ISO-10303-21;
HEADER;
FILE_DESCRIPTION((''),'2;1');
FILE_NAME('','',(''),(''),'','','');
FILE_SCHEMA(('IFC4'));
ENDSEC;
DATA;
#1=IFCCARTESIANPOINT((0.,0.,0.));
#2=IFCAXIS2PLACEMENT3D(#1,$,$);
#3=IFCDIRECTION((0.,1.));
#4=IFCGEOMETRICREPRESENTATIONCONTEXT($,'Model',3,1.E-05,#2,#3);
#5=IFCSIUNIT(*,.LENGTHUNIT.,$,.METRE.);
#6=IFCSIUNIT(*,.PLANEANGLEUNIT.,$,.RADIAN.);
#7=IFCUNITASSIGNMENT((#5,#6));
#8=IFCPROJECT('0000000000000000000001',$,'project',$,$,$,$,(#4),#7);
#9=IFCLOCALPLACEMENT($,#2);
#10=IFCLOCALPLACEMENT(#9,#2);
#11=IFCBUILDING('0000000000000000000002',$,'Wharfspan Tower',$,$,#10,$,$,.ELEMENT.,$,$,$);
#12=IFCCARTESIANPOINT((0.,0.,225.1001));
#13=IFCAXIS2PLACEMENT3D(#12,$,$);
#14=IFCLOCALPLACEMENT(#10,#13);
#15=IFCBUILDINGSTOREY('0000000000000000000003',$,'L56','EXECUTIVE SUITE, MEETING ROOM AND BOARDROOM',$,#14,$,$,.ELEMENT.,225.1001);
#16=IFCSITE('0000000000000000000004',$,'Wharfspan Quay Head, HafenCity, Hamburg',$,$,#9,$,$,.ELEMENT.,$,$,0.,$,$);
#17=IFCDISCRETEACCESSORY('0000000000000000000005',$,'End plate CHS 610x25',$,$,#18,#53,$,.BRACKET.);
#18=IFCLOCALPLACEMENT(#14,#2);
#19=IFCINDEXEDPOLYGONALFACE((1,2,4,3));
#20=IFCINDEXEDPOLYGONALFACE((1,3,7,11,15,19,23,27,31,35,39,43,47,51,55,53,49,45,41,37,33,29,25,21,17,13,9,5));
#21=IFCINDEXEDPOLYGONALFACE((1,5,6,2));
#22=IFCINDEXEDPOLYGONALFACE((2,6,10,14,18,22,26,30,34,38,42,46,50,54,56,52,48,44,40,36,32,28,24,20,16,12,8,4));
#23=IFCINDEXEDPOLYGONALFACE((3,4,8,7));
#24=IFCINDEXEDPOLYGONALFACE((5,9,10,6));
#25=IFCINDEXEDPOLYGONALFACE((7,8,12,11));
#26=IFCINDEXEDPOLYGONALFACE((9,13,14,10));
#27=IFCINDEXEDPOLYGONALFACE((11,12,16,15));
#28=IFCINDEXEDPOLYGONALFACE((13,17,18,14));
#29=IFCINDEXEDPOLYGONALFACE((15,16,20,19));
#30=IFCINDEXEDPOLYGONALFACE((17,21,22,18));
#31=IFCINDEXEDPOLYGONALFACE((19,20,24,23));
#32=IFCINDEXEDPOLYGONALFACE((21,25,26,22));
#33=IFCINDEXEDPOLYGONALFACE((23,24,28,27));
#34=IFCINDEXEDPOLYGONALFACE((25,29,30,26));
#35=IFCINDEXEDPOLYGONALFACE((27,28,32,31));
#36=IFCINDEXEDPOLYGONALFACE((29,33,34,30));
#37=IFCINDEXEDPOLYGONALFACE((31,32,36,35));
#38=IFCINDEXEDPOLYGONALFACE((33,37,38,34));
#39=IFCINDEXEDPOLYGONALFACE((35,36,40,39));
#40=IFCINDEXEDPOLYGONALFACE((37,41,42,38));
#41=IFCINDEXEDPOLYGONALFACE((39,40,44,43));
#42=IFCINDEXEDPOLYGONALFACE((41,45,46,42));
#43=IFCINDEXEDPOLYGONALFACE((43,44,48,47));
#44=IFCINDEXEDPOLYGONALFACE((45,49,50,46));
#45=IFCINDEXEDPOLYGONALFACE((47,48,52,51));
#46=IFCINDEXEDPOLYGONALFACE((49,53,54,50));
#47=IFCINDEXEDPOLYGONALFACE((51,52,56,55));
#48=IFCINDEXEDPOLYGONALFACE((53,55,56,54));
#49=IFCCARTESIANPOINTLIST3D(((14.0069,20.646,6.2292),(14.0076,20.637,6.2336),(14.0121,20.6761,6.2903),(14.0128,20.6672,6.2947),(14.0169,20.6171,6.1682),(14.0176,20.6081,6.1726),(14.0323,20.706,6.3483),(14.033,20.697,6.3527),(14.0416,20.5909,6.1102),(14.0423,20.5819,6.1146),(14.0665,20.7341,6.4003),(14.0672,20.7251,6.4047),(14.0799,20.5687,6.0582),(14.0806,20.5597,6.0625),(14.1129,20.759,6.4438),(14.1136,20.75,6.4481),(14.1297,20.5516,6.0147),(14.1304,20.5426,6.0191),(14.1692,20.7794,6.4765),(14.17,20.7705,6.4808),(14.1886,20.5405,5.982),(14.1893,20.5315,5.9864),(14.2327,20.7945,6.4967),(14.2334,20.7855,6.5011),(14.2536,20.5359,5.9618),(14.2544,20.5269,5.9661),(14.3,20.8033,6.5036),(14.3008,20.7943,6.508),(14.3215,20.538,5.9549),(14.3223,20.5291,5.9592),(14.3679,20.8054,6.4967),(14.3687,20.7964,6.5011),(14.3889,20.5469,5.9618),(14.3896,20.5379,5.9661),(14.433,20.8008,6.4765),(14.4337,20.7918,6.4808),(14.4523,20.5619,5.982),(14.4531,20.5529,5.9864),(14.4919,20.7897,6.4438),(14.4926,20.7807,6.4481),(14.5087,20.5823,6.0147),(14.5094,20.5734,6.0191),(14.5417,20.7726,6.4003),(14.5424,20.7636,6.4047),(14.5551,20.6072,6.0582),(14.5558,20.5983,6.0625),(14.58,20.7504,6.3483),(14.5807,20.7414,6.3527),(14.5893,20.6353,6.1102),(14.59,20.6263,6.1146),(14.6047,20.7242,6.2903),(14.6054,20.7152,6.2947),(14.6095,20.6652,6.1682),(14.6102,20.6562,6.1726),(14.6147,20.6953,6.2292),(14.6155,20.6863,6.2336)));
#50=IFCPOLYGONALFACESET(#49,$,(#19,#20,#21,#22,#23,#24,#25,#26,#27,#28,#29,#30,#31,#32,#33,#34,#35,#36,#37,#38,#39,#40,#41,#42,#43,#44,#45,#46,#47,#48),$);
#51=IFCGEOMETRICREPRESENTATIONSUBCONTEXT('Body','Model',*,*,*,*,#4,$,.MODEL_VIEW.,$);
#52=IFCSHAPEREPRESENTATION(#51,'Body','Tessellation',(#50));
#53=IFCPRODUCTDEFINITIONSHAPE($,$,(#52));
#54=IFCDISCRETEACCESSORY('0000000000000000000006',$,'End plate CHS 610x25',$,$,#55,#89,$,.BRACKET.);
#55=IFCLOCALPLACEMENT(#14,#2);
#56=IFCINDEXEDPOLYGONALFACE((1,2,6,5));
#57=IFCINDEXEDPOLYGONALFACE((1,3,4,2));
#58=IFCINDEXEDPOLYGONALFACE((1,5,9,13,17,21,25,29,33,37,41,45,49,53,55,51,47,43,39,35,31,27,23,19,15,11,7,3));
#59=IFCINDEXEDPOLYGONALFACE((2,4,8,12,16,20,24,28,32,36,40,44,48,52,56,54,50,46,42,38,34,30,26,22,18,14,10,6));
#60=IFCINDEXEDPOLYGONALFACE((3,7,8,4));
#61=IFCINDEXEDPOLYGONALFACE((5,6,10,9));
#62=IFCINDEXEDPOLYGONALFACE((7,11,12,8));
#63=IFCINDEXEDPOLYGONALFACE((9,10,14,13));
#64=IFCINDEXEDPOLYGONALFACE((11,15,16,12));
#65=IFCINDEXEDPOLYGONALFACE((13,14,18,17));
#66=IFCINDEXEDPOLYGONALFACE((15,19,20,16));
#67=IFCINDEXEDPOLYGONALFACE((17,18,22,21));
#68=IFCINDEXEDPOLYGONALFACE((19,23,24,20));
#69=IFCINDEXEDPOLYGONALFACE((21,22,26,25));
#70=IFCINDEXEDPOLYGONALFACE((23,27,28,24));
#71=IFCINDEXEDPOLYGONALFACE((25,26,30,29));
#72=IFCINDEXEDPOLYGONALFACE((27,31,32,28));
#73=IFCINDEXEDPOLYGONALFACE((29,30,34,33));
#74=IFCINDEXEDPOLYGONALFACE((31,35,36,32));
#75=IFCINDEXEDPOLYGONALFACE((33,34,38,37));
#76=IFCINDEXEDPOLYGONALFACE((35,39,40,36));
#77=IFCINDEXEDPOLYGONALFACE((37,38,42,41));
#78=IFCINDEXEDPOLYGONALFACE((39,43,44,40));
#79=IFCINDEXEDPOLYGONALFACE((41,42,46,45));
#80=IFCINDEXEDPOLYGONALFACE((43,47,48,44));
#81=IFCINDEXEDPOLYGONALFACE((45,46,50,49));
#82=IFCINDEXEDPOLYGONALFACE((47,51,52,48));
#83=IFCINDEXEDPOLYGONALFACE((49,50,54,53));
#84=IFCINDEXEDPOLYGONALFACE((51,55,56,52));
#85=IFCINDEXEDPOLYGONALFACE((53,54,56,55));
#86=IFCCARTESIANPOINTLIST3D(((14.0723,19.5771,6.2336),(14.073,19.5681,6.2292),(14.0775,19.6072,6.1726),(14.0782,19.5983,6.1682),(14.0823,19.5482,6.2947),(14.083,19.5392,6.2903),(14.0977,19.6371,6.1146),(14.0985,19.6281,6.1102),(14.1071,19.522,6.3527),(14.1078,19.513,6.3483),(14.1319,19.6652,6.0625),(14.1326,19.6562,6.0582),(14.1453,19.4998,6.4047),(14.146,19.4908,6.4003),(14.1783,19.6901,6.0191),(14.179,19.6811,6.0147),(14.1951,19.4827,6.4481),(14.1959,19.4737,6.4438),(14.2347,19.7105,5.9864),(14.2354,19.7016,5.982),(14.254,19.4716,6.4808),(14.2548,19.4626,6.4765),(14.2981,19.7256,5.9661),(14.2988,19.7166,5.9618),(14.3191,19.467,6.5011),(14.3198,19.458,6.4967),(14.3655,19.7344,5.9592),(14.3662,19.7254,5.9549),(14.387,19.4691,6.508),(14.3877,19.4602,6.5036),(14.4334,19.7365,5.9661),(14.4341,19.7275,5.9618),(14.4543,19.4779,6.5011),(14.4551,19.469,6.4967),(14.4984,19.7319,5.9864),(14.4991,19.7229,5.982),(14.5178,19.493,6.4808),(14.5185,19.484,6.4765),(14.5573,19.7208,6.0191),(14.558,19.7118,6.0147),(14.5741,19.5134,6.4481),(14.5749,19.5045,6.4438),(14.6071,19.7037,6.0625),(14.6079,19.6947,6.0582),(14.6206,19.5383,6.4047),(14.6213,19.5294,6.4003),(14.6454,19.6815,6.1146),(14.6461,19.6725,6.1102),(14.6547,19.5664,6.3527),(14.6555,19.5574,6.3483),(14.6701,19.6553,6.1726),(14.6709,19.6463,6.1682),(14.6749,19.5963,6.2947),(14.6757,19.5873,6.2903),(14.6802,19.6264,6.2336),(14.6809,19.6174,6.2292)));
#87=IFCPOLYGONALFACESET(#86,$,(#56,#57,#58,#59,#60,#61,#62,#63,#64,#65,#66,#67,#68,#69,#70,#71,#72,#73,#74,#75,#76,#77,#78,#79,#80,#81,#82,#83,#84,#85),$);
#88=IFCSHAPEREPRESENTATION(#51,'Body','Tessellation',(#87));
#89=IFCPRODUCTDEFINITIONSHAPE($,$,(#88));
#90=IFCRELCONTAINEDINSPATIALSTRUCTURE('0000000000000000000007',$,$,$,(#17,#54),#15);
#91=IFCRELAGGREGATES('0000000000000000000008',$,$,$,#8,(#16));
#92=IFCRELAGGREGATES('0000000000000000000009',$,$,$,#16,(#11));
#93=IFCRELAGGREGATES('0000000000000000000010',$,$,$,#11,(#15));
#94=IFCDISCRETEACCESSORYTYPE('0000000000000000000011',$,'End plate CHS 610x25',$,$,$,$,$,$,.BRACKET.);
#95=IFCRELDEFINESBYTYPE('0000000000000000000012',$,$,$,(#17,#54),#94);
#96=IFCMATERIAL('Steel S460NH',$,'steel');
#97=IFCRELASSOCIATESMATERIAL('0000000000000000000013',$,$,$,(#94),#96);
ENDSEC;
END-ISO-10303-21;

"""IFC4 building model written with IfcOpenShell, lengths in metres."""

from ifc_helpers import new_model, si_unit, direction, frame, origin, origin_2d, place, context, subcontext, project, spatial, circle, extrude, material, material_profile, profile_set, type_object, element, save


model = new_model("IFC4")

# Units and contexts
model_context = context("Model", 3, precision=1e-05, world=origin(), true_north=direction((0.0, 1.0)))
body_context = subcontext(model_context, "Body", "Model", "MODEL_VIEW")
ifc_project = project(units=[si_unit("LENGTHUNIT", "METRE"), si_unit("PLANEANGLEUNIT", "RADIAN")], contexts=[model_context])

# Site, building, storey
site_placement = place(None, origin())
site = spatial("IfcSite", under=ifc_project, at=site_placement, Name="Wharfspan Quay Head, HafenCity, Hamburg", CompositionType="ELEMENT", RefElevation=0.0)
building_placement = place(site_placement, origin())
building = spatial("IfcBuilding", under=site, at=building_placement, Name="Wharfspan Tower", CompositionType="ELEMENT")
storey_placement = place(building_placement, frame((0.0, 0.0, 225.1001)))
storey = spatial("IfcBuildingStorey", under=building, at=storey_placement, Name="L56", Description="EXECUTIVE SUITE, MEETING ROOM AND BOARDROOM", CompositionType="ELEMENT", Elevation=225.1001)

# Shared definitions
ifc_material_1 = material(Name="Steel S460NH", Category="steel")

# Discrete accessories
ifc_material_profile_1 = material_profile(ifc_material_1, circle(Radius=0.3049, at=origin_2d()))
ifc_profile_set_1 = profile_set([ifc_material_profile_1], Name="Steel S460NH")
discrete_accessory_type = type_object("IfcDiscreteAccessoryType", Name="End plate CHS 610x25", PredefinedType="BRACKET", material=ifc_profile_set_1)
for number, where, z_axis, x_axis, name in (
    (1, (14.3108, 20.6707, 6.2292), (0.072718, -0.896854, 0.436308), (0.996729, 0.080815, -0.000002), "End plate CHS 610x25"),
    (2, (14.377, 19.5928, 6.2292), (-0.072718, 0.896854, 0.436308), (-0.996729, -0.080815, -0.000002), "End plate CHS 610x25"),
):
    element("IfcDiscreteAccessory", number, at=place(storey_placement, frame(where, z_axis=z_axis, x_axis=x_axis)), inside=storey, type_object=discrete_accessory_type, Name=name, PredefinedType="BRACKET", context=body_context, shape_type="SweptSolid", body=[
        extrude(circle(Radius=0.3049, at=origin_2d()), origin(), (0.0, 0.0, 1.0), 0.01),
    ])

save(model, "model.ifc")
